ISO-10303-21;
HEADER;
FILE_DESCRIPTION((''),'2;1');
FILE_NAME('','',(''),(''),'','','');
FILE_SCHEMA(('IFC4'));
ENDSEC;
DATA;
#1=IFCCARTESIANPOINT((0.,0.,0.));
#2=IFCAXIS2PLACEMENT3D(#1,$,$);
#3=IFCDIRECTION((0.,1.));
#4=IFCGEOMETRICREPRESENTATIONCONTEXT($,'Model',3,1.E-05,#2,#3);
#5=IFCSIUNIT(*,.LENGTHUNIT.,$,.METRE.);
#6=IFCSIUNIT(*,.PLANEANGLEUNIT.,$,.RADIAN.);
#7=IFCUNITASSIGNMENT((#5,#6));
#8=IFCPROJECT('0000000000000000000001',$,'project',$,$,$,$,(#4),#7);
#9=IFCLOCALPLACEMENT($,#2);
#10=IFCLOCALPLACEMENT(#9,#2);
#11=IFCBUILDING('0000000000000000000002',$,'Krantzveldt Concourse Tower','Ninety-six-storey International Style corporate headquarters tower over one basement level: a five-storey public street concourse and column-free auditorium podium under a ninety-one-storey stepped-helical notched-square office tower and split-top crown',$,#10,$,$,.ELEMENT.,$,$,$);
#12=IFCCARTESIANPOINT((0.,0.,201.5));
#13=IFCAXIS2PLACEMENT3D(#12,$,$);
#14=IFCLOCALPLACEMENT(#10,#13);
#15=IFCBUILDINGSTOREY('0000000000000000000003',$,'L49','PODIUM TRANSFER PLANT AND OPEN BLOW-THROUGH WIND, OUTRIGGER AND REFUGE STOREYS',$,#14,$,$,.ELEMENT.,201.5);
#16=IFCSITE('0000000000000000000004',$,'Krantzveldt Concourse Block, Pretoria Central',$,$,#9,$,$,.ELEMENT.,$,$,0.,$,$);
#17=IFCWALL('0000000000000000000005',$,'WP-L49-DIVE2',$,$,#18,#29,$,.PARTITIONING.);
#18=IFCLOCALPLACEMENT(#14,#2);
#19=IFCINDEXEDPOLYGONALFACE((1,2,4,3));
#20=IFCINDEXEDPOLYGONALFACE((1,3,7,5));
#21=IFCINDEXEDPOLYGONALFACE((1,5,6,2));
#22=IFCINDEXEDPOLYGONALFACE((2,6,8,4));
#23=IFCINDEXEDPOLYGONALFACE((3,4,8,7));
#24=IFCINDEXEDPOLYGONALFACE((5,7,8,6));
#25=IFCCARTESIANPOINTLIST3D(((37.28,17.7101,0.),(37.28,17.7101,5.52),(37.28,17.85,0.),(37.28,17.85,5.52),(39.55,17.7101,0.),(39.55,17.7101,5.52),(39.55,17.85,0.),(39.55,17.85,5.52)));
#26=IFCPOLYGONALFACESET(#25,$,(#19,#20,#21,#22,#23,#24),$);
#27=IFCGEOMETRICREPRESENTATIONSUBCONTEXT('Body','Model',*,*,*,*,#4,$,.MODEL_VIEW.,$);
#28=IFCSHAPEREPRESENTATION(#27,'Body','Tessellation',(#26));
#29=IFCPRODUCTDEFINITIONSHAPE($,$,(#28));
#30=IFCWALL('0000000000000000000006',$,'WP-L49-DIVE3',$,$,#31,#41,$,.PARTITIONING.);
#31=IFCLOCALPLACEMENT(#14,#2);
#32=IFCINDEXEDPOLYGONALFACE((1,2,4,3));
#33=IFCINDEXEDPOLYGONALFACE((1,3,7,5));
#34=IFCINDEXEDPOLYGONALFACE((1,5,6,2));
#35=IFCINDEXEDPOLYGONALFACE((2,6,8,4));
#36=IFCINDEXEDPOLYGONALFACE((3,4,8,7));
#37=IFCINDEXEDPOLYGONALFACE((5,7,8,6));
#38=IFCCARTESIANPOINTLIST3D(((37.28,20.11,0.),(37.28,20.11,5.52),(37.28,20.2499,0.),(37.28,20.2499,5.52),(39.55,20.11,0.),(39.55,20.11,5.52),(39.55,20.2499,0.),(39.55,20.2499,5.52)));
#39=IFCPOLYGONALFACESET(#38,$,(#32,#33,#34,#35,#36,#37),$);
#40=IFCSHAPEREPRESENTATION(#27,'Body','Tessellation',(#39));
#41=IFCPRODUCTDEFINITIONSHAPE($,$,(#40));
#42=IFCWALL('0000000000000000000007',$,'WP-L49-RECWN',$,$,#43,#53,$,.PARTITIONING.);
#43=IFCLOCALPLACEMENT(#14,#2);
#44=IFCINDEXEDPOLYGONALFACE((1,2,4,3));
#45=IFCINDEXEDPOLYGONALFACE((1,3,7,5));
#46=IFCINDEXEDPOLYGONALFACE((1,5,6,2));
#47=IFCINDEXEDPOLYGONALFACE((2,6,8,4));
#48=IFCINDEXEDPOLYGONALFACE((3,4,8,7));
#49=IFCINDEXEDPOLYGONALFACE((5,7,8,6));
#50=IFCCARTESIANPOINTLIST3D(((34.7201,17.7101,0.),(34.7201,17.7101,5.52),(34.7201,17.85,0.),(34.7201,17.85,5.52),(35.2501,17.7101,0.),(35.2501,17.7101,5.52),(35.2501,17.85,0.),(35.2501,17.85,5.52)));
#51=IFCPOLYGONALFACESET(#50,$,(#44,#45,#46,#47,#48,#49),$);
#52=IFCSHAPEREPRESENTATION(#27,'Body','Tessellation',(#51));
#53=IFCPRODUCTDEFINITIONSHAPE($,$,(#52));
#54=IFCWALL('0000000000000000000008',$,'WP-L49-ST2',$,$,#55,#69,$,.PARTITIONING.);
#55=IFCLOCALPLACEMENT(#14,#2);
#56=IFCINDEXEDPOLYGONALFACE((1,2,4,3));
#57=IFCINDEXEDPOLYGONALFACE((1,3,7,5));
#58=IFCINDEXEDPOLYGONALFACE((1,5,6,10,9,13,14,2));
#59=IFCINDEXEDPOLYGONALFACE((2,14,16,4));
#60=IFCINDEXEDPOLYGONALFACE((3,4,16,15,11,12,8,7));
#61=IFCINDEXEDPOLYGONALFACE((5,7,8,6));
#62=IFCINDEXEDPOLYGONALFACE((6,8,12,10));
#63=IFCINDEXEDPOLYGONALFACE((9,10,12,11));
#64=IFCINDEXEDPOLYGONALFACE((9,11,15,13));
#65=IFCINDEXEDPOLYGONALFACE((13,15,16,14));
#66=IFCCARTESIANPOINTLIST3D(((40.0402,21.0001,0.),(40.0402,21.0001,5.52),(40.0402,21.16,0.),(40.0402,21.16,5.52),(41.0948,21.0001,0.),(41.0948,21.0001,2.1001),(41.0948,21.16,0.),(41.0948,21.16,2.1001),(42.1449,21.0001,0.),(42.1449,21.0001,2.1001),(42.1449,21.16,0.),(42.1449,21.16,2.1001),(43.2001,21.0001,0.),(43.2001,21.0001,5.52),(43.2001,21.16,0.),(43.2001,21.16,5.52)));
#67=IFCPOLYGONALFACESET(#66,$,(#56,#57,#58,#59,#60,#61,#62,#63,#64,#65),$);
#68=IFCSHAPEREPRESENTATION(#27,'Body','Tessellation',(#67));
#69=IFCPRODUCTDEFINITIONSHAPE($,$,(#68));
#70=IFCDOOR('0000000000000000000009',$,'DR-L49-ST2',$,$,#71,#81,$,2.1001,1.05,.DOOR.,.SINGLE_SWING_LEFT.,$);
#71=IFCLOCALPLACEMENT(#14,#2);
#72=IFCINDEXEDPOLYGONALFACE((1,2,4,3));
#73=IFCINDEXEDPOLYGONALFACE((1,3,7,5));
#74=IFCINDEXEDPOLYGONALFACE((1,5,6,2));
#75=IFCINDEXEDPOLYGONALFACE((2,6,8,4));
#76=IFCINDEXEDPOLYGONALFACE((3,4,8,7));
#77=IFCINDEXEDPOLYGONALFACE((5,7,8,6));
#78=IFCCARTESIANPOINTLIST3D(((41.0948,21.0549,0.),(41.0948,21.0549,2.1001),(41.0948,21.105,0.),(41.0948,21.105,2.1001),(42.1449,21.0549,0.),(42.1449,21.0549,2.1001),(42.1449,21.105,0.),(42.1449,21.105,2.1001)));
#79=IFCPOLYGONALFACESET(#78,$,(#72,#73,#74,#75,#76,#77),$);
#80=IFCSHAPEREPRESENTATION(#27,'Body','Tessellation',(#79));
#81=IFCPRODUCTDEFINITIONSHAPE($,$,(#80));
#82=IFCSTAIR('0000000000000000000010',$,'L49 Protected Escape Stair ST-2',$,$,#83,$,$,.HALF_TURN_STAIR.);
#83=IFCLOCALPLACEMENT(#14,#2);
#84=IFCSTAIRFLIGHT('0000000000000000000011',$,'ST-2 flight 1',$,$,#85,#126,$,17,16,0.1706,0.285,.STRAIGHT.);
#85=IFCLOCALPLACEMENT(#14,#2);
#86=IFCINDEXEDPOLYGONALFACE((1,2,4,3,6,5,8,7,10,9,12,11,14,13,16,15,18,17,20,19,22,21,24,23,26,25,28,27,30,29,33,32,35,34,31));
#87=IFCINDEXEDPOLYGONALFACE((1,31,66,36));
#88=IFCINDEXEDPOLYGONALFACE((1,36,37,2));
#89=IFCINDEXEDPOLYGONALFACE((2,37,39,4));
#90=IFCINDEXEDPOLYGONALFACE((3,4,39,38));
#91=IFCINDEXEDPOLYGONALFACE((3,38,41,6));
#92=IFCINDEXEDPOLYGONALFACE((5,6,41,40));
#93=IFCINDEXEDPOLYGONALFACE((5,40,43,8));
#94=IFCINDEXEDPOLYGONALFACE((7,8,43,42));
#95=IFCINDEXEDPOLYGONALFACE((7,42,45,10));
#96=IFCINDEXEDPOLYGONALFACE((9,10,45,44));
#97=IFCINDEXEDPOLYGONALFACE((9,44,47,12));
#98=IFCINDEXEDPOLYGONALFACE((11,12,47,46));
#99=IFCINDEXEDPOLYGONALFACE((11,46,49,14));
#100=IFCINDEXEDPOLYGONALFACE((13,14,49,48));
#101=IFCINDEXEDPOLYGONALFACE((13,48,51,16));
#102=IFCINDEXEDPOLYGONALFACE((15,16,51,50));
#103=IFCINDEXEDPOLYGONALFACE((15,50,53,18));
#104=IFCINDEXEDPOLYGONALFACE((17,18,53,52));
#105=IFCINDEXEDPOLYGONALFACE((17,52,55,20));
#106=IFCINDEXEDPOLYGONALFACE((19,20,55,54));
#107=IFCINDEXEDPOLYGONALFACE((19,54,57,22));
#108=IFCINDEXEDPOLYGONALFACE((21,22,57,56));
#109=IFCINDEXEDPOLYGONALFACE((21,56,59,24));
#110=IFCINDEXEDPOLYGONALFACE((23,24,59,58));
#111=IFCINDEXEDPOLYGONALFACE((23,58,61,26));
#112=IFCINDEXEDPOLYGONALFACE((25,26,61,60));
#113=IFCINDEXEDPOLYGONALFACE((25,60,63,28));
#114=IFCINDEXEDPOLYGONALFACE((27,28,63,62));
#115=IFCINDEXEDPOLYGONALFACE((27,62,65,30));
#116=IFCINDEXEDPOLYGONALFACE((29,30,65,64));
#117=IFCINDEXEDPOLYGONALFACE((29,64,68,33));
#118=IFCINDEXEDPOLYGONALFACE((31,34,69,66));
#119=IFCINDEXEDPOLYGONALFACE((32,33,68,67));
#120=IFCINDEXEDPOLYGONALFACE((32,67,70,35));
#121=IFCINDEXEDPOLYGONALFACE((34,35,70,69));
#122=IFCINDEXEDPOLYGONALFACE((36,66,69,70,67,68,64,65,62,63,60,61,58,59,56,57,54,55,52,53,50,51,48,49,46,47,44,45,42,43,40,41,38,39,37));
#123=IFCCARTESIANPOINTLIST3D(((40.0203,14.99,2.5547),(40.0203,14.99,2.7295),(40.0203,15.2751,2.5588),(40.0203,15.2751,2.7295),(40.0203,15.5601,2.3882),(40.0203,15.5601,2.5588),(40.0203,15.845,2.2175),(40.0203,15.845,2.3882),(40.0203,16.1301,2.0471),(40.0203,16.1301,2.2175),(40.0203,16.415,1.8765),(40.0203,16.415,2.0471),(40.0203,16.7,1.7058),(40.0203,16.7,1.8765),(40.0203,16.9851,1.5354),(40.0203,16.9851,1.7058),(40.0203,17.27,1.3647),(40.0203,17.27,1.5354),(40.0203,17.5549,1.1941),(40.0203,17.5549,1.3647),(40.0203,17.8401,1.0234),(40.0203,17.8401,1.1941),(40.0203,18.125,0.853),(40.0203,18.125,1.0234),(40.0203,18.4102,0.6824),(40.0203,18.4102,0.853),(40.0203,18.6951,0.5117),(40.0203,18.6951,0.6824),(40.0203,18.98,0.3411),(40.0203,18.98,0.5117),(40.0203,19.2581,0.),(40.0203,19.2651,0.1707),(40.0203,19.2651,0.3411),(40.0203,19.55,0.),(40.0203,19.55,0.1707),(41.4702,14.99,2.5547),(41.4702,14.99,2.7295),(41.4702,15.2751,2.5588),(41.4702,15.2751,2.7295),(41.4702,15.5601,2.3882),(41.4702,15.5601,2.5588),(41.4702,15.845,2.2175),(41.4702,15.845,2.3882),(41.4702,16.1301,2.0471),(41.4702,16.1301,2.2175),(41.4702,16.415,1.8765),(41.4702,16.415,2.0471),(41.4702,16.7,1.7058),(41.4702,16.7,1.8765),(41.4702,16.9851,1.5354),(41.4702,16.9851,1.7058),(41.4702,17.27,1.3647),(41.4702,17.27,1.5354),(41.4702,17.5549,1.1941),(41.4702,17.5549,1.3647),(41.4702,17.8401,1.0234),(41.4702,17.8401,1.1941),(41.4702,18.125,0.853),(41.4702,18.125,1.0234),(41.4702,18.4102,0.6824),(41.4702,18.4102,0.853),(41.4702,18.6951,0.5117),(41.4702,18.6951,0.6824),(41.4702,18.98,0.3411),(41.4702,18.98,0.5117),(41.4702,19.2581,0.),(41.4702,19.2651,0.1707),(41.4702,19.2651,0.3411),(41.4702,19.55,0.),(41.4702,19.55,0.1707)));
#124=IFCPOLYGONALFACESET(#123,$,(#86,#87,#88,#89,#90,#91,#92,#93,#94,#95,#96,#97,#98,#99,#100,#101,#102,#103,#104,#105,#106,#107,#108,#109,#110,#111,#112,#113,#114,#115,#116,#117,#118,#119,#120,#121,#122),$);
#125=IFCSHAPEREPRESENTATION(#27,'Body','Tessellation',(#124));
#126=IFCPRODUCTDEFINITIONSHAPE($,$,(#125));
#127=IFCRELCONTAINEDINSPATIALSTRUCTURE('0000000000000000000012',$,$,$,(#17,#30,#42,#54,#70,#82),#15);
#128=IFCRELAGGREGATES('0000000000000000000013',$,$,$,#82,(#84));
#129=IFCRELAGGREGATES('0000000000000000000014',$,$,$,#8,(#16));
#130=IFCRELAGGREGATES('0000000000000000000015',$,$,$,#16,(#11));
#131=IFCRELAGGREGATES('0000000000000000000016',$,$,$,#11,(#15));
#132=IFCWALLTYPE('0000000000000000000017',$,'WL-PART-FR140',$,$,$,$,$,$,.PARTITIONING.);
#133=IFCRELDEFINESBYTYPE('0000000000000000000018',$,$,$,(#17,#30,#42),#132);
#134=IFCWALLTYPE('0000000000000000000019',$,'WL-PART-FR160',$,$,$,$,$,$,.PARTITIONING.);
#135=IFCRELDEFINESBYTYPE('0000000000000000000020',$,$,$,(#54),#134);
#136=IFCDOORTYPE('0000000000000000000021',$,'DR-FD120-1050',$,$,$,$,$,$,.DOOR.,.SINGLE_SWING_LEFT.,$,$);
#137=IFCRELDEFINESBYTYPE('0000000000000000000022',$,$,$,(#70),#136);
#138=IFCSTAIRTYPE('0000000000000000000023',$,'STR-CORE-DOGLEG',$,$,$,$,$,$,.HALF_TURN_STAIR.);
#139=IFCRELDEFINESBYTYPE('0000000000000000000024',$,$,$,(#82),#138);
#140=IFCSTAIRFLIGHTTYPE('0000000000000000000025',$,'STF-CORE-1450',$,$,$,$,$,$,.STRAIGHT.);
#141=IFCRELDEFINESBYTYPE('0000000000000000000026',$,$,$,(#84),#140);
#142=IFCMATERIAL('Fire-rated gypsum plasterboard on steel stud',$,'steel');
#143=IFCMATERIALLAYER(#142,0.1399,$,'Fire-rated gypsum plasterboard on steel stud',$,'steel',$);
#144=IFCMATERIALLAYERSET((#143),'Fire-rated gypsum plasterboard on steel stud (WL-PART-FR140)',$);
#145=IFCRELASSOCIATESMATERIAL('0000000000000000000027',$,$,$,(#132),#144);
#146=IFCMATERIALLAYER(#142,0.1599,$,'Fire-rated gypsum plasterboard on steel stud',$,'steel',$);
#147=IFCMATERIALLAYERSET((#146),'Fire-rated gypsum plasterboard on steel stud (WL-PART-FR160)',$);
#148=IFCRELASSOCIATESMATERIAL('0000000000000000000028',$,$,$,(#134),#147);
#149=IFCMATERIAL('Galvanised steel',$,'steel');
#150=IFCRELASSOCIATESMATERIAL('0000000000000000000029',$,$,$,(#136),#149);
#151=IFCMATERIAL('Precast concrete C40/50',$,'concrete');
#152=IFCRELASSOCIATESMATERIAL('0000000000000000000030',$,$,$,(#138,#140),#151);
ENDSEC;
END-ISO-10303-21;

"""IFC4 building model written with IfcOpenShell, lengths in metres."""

from ifc_helpers import new_model, si_unit, direction, frame, frame_2d, origin, place, context, subcontext, project, spatial, polyline, rectangle, outline, extrude, material, layer, layer_set, type_object, element, fill, aggregate, save


model = new_model("IFC4")

# Units and contexts
model_context = context("Model", 3, precision=1e-05, world=origin(), true_north=direction((0.0, 1.0)))
body_context = subcontext(model_context, "Body", "Model", "MODEL_VIEW")
ifc_project = project(units=[si_unit("LENGTHUNIT", "METRE"), si_unit("PLANEANGLEUNIT", "RADIAN")], contexts=[model_context])

# Site, building, storey
site_placement = place(None, origin())
site = spatial("IfcSite", under=ifc_project, at=site_placement, Name="Krantzveldt Concourse Block, Pretoria Central", CompositionType="ELEMENT", RefElevation=0.0)
building_placement = place(site_placement, origin())
building = spatial("IfcBuilding", under=site, at=building_placement, Name="Krantzveldt Concourse Tower", Description="Ninety-six-storey International Style corporate headquarters tower over one basement level: a five-storey public street concourse and column-free auditorium podium under a ninety-one-storey stepped-helical notched-square office tower and split-top crown", CompositionType="ELEMENT")
storey_placement = place(building_placement, frame((0.0, 0.0, 201.5)))
storey = spatial("IfcBuildingStorey", under=building, at=storey_placement, Name="L49", Description="PODIUM TRANSFER PLANT AND OPEN BLOW-THROUGH WIND, OUTRIGGER AND REFUGE STOREYS", CompositionType="ELEMENT", Elevation=201.5)

# Shared definitions
ifc_material_1 = material(Name="Fire-rated gypsum plasterboard on steel stud", Category="steel")
ifc_layer_1 = layer(ifc_material_1, 0.1399, Name="Fire-rated gypsum plasterboard on steel stud", Category="steel")
ifc_layer_set_1 = layer_set([ifc_layer_1], Name="Fire-rated gypsum plasterboard on steel stud (WL-PART-FR140)")
wall_type_1 = type_object("IfcWallType", Name="WL-PART-FR140", PredefinedType="PARTITIONING", material=ifc_layer_set_1)

# Walls
for number, where, z_axis, x_axis, name in (
    (1, (37.28, 17.78, 0.0), (0.0, 0.0, 1.0), (1.0, 0.0, 0.0), "WP-L49-DIVE2"),
    (2, (37.28, 20.1799, 0.0), (0.0, 0.0, 1.0), (1.0, 0.0, 0.0), "WP-L49-DIVE3"),
):
    element("IfcWall", number, at=place(storey_placement, frame(where, z_axis=z_axis, x_axis=x_axis)), inside=storey, type_object=wall_type_1, Name=name, PredefinedType="PARTITIONING", context=body_context, shape_type="SweptSolid", body=[
        extrude(rectangle(XDim=2.27, YDim=0.1399, at=frame_2d((1.135, 0.0))), origin(), (0.0, 0.0, 1.0), 5.52),
    ])
wall_1_placement = place(storey_placement, frame((34.72, 17.78, 0.0), z_axis=(0.0, 0.0, 1.0), x_axis=(1.0, 0.0, 0.0)))
element("IfcWall", 3, at=wall_1_placement, inside=storey, type_object=wall_type_1, Name="WP-L49-RECWN", PredefinedType="PARTITIONING", context=body_context, shape_type="SweptSolid", body=[
    extrude(rectangle(XDim=0.53, YDim=0.1399, at=frame_2d((0.2651, 0.0))), origin(), (0.0, 0.0, 1.0), 5.52),
])

# Wall, opening, door
ifc_layer_2 = layer(ifc_material_1, 0.1599, Name="Fire-rated gypsum plasterboard on steel stud", Category="steel")
ifc_layer_set_2 = layer_set([ifc_layer_2], Name="Fire-rated gypsum plasterboard on steel stud (WL-PART-FR160)")
wall_type_2 = type_object("IfcWallType", Name="WL-PART-FR160", PredefinedType="PARTITIONING", material=ifc_layer_set_2)
wall_2_placement = place(storey_placement, frame((40.04, 21.0801, 0.0), z_axis=(0.0, 0.0, 1.0), x_axis=(1.0, 0.0, 0.0)))
wall_2 = element("IfcWall", 4, at=wall_2_placement, inside=storey, type_object=wall_type_2, Name="WP-L49-ST2", PredefinedType="PARTITIONING", context=body_context, shape_type="SweptSolid", body=[
    extrude(rectangle(XDim=3.1599, YDim=0.1599, at=frame_2d((1.5801, 0.0))), origin(), (0.0, 0.0, 1.0), 5.52),
])
opening_1_placement = place(wall_2_placement, frame((1.0549, 0.0, 0.0)))
opening_1 = element("IfcOpeningElement", 5, at=opening_1_placement, cuts=wall_2, PredefinedType="OPENING", context=body_context, shape_type="SweptSolid", body=[
    extrude(rectangle(XDim=1.05, YDim=2.1001, at=frame_2d((0.5249, 1.05))), frame((0.0, 0.0898, 0.0), z_axis=(0.0, -1.0, 0.0), x_axis=(1.0, 0.0, 0.0)), (0.0, 0.0, 1.0), 0.1799),
])
ifc_material_2 = material(Name="Galvanised steel", Category="steel")
door_type_1 = type_object("IfcDoorType", Name="DR-FD120-1050", OperationType="SINGLE_SWING_LEFT", PredefinedType="DOOR", material=ifc_material_2)
door_1_placement = place(opening_1_placement, origin())
door_1 = element("IfcDoor", 6, at=door_1_placement, inside=storey, type_object=door_type_1, Name="DR-L49-ST2", OperationType="SINGLE_SWING_LEFT", OverallHeight=2.1001, OverallWidth=1.05, PredefinedType="DOOR", context=body_context, shape_type="SweptSolid", body=[
    extrude(rectangle(XDim=1.05, YDim=2.1001, at=frame_2d((0.5249, 1.05))), frame((0.0, 0.0249, 0.0), z_axis=(0.0, -1.0, 0.0), x_axis=(1.0, 0.0, 0.0)), (0.0, 0.0, 1.0), 0.05),
])
fill(opening_1, door_1)

# Stair, stair flight
ifc_material_3 = material(Name="Precast concrete C40/50", Category="concrete")
stair_type = type_object("IfcStairType", Name="STR-CORE-DOGLEG", PredefinedType="HALF_TURN_STAIR", material=ifc_material_3)
stair_placement = place(storey_placement, origin())
stair = element("IfcStair", 7, at=stair_placement, inside=storey, type_object=stair_type, Name="L49 Protected Escape Stair ST-2", PredefinedType="HALF_TURN_STAIR")
stair_flight_type = type_object("IfcStairFlightType", Name="STF-CORE-1450", PredefinedType="STRAIGHT", material=ifc_material_3)
stair_flight_placement = place(storey_placement, frame((40.7451, 19.55, 0.0), z_axis=(0.0, 0.0, 1.0), x_axis=(0.0, -1.0, 0.0)))
stair_flight = element("IfcStairFlight", 8, at=stair_flight_placement, type_object=stair_flight_type, Name="ST-2 flight 1", NumberOfRisers=17, NumberOfTreads=16, PredefinedType="STRAIGHT", RiserHeight=0.1706, TreadLength=0.285, context=body_context, shape_type="SweptSolid", body=[
    extrude(outline(polyline([(0.0, 0.0), (0.0, 0.1707), (0.2849, 0.1707), (0.2849, 0.3411), (0.5701, 0.3411), (0.5701, 0.5117), (0.855, 0.5117), (0.855, 0.6824), (1.1399, 0.6824), (1.1399, 0.853), (1.425, 0.853), (1.425, 1.0234), (1.71, 1.0234), (1.71, 1.1941), (1.9951, 1.1941), (1.9951, 1.3647), (2.28, 1.3647), (2.28, 1.5354), (2.5649, 1.5354), (2.5649, 1.7058), (2.8501, 1.7058), (2.8501, 1.8765), (3.135, 1.8765), (3.135, 2.0471), (3.4199, 2.0471), (3.4199, 2.2175), (3.7051, 2.2175), (3.7051, 2.3882), (3.99, 2.3882), (3.99, 2.5588), (4.2749, 2.5588), (4.2749, 2.7295), (4.5601, 2.7295), (4.5601, 2.8999), (4.5601, 2.5547), (0.292, 0.0), (0.0, 0.0)])), frame((0.0, 0.7251, 0.0), z_axis=(0.0, -1.0, 0.0), x_axis=(1.0, 0.0, 0.0)), (0.0, 0.0, 1.0), 1.45),
])
aggregate(stair, [stair_flight])

save(model, "model.ifc")
